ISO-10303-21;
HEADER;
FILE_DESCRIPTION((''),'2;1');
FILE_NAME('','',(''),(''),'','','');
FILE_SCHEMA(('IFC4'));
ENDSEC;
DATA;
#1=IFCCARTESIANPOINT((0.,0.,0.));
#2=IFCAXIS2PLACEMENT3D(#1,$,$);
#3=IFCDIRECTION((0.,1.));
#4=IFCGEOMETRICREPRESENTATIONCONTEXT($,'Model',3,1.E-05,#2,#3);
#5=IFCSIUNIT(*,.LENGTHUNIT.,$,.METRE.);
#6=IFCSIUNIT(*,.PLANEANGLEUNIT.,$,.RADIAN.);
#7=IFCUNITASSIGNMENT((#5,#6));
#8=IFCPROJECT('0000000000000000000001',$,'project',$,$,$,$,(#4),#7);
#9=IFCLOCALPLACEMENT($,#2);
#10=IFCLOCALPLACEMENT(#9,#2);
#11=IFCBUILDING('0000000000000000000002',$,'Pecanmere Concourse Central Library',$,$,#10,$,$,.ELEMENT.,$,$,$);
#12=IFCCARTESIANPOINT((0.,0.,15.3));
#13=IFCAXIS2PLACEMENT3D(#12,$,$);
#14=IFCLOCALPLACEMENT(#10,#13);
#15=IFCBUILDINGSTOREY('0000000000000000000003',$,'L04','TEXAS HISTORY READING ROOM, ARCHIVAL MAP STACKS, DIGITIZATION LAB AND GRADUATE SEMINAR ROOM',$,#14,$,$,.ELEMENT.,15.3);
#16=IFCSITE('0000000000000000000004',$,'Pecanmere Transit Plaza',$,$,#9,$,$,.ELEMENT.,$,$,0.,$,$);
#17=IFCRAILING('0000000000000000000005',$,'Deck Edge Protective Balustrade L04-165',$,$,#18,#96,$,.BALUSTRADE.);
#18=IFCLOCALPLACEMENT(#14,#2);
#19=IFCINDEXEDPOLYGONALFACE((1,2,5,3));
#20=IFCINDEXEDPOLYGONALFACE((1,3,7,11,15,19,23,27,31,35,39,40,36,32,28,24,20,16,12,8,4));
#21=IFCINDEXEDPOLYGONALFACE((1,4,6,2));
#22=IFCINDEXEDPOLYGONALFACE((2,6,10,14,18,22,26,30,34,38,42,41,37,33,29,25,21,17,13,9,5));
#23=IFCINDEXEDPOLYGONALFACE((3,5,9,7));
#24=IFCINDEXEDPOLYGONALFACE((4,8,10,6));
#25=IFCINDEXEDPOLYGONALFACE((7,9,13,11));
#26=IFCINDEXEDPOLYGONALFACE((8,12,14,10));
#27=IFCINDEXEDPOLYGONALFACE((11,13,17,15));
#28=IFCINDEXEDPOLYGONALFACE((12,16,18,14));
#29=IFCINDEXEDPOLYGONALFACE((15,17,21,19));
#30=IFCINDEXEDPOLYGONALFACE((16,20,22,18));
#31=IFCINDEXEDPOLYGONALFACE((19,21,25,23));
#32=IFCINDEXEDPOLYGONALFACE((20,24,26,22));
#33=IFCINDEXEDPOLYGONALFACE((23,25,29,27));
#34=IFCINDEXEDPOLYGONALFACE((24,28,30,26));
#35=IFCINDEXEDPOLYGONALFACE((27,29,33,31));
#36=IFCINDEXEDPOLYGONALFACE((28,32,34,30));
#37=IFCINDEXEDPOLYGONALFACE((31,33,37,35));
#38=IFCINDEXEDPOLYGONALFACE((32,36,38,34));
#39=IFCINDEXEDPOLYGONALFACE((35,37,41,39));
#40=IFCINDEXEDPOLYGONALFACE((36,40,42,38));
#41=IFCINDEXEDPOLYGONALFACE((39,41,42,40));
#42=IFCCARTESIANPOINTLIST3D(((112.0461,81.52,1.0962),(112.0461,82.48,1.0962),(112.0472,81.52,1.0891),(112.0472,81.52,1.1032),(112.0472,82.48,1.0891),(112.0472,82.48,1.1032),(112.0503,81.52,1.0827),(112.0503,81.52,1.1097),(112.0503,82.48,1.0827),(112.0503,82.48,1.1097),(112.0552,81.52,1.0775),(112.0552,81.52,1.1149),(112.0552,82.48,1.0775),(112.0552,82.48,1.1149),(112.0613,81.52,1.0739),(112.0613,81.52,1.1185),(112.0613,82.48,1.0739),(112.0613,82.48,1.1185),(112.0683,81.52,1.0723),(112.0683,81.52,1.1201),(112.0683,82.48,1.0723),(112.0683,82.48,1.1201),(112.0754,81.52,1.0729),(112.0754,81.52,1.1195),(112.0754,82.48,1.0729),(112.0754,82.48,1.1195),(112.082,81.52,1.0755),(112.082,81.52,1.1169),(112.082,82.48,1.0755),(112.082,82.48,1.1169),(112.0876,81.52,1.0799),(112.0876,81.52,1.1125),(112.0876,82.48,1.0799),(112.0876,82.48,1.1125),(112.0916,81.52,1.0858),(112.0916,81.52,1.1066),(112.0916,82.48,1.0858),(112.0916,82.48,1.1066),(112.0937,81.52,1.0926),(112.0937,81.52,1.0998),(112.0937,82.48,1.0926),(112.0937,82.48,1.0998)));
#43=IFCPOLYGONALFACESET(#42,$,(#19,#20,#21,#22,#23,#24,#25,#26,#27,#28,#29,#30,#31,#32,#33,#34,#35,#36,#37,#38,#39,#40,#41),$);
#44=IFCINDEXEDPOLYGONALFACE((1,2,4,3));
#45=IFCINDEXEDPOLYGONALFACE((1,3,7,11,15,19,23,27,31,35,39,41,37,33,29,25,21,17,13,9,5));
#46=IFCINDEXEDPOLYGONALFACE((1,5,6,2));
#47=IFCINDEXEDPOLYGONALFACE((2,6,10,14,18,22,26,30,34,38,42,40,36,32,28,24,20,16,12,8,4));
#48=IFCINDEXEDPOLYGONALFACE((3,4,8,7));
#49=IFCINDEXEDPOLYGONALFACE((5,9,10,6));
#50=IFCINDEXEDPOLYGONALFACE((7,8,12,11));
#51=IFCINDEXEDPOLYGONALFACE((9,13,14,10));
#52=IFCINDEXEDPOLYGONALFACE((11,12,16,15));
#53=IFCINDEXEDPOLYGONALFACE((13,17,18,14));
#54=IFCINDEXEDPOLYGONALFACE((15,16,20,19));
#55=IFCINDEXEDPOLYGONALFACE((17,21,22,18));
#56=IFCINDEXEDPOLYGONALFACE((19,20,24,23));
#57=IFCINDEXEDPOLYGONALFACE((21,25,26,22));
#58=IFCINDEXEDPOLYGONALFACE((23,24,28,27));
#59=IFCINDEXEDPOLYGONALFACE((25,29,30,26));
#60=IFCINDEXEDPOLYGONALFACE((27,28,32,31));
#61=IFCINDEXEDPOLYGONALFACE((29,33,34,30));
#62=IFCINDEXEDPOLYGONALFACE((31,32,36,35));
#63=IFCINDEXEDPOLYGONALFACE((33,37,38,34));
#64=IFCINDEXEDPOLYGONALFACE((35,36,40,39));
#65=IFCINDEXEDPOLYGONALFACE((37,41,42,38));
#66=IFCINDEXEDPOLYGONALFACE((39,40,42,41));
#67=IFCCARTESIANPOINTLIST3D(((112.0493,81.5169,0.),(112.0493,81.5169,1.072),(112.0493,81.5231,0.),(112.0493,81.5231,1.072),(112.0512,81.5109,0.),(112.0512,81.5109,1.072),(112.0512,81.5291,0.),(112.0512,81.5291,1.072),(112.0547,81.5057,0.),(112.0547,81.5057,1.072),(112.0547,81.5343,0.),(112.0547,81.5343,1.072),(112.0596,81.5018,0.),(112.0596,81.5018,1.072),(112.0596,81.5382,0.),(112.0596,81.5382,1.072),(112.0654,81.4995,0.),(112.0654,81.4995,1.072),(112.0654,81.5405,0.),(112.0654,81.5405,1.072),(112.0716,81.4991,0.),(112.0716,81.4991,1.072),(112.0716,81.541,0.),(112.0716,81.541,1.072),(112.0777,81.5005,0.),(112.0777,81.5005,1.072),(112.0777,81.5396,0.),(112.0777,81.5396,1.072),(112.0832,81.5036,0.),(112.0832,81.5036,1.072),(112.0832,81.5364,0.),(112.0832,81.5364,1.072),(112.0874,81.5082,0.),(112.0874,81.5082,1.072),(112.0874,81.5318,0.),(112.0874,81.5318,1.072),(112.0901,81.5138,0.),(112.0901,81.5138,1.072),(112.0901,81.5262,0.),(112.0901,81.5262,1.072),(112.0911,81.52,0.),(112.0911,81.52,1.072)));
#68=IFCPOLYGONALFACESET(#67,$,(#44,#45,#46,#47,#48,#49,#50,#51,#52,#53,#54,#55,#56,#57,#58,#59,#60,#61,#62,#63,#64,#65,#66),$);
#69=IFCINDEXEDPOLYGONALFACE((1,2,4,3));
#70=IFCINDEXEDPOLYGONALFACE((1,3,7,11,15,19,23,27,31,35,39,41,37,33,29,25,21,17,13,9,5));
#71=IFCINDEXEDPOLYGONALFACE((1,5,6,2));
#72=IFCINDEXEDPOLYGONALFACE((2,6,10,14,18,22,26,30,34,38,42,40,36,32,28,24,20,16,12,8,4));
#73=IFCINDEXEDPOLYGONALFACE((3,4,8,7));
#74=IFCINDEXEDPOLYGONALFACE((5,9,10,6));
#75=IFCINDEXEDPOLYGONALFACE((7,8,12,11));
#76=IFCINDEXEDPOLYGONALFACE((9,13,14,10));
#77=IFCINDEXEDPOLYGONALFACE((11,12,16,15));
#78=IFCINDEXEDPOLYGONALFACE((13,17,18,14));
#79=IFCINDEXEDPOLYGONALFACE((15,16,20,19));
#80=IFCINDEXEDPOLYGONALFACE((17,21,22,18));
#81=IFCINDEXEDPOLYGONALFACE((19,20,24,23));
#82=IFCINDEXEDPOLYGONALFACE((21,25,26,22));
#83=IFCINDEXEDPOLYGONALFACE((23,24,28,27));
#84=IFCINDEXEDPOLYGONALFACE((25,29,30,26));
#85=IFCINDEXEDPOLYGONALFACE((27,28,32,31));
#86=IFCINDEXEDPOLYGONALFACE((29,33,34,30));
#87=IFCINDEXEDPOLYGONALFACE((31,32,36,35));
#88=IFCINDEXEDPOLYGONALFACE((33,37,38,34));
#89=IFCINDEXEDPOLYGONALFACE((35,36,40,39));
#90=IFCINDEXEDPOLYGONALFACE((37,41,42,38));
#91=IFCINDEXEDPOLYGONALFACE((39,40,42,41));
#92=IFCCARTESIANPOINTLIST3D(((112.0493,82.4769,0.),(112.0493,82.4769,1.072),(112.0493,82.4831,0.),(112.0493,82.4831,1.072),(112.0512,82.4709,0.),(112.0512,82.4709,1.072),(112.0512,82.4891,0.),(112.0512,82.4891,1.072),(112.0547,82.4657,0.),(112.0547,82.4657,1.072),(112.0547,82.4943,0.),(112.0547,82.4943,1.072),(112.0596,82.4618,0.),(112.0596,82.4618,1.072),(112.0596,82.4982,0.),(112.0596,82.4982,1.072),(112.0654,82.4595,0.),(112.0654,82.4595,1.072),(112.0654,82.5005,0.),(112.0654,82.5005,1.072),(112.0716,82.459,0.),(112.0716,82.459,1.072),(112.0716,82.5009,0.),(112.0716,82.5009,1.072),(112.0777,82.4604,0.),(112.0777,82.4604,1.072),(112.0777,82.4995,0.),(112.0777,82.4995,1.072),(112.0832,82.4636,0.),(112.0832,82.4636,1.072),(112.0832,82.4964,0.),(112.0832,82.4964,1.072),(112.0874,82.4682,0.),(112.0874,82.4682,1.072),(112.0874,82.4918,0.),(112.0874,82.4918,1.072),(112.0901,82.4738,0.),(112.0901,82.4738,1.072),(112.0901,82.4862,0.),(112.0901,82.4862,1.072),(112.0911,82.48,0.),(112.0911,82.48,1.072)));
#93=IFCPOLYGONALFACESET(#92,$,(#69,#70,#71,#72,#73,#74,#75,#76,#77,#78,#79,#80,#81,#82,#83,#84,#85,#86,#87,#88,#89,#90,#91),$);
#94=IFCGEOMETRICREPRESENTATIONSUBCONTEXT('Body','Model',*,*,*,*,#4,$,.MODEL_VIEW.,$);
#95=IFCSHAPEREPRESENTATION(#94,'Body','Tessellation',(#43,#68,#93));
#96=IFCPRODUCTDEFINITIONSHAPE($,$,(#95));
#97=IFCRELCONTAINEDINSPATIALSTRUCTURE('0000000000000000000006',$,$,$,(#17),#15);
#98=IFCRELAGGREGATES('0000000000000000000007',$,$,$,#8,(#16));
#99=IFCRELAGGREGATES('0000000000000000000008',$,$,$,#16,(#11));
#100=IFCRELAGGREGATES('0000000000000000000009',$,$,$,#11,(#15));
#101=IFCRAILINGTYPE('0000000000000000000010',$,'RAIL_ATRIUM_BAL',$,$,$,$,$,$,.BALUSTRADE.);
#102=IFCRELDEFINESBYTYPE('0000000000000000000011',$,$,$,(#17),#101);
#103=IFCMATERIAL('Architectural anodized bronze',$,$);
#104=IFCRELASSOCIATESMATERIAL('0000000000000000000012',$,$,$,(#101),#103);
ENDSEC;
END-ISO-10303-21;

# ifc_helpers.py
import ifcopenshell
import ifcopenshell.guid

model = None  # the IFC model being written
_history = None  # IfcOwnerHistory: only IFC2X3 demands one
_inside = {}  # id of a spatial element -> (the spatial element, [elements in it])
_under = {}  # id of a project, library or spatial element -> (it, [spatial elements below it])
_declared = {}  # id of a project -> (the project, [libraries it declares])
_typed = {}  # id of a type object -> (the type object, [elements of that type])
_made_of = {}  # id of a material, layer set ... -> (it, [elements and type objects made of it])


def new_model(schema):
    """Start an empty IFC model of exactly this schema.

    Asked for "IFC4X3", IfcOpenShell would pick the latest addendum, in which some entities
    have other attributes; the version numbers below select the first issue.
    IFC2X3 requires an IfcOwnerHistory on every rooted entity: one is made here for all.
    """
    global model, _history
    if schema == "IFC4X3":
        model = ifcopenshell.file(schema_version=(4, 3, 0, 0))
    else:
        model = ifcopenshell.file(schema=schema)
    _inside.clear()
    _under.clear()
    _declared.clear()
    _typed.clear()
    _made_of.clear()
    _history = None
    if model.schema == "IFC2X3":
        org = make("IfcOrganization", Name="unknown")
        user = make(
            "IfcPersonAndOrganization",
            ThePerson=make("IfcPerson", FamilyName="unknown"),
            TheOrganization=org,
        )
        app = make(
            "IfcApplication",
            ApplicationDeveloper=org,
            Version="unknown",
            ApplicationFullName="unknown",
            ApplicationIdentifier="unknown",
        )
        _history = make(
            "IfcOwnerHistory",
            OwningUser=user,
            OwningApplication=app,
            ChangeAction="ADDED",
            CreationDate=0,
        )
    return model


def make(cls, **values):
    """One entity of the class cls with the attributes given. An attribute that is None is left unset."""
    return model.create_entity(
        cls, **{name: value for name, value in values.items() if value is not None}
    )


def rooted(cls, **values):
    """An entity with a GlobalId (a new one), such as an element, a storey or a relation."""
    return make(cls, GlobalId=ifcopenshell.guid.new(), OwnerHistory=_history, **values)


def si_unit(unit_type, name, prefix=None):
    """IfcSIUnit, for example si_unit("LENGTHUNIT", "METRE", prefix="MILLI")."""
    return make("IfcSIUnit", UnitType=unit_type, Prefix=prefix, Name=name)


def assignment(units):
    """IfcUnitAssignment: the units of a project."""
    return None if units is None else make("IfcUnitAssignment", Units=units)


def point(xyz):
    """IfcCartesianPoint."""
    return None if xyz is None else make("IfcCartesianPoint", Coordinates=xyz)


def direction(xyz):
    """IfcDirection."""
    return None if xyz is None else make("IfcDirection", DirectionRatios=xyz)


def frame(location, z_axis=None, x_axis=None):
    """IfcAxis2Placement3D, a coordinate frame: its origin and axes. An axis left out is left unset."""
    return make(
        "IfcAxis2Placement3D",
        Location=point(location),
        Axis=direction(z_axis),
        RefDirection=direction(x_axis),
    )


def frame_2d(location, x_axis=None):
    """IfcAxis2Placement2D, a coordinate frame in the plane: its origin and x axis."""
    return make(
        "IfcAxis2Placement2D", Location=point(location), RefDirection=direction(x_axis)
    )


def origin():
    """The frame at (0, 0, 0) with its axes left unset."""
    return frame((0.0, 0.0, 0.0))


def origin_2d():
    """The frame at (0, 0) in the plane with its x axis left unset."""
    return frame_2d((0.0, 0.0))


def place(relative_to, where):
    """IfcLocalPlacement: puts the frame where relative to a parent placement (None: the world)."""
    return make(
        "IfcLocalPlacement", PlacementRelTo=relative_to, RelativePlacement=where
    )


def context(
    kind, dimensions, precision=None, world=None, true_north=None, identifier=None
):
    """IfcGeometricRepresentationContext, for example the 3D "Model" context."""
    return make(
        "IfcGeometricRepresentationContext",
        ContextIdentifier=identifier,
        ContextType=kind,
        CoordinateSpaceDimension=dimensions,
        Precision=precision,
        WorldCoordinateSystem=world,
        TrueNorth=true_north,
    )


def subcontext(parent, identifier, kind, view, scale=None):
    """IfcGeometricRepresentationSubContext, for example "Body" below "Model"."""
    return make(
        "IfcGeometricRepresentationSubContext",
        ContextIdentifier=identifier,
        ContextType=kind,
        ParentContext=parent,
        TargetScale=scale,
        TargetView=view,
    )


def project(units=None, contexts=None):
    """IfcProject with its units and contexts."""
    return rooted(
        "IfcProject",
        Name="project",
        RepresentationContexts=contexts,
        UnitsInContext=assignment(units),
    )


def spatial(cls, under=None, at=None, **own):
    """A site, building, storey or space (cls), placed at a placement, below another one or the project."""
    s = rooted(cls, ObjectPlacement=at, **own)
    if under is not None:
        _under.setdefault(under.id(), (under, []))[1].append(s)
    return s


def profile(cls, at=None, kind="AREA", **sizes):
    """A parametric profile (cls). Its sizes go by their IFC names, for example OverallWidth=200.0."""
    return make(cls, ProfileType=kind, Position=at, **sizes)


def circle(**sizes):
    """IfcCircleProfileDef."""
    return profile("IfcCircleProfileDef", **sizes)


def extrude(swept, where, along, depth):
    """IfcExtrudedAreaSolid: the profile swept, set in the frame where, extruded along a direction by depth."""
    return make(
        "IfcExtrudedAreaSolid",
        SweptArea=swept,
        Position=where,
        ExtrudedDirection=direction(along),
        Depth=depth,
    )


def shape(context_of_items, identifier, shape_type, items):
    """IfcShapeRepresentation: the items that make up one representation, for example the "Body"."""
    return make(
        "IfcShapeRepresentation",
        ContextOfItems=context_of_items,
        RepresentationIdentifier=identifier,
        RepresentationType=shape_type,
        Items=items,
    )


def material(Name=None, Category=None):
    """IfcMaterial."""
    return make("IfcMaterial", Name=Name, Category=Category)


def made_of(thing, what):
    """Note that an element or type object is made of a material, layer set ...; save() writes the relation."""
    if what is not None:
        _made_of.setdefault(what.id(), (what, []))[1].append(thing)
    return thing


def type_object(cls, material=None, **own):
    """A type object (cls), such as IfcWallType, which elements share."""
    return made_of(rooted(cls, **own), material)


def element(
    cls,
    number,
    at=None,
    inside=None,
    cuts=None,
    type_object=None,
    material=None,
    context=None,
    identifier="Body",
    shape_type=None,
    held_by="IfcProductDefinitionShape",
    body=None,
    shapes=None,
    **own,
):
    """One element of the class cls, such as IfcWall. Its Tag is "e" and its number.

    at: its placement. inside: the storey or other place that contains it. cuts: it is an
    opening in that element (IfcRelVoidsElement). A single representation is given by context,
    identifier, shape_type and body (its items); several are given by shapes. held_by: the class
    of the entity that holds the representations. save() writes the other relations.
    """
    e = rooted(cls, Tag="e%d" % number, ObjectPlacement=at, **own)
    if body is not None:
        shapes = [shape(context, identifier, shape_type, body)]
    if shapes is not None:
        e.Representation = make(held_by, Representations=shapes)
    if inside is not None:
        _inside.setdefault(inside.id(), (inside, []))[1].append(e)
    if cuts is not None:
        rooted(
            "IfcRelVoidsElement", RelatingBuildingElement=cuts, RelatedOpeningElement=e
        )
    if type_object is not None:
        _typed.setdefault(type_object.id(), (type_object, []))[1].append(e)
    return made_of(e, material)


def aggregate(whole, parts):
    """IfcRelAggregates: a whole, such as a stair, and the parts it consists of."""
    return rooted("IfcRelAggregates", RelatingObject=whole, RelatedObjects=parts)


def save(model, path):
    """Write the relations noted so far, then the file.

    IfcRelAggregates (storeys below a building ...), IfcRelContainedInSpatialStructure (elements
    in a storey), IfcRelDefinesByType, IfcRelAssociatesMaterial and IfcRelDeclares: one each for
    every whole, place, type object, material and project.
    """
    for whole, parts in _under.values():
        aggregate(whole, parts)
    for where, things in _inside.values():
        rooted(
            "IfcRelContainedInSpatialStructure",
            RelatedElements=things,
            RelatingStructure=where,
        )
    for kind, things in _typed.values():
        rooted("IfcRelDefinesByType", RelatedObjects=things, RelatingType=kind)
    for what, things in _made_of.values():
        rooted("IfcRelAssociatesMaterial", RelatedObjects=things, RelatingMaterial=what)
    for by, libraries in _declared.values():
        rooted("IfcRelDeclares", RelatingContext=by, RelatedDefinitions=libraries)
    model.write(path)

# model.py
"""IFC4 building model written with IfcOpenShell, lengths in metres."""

from ifc_helpers import new_model, si_unit, direction, frame, origin, origin_2d, place, context, subcontext, project, spatial, circle, extrude, material, type_object, element, save


model = new_model("IFC4")

# Units and contexts
model_context = context("Model", 3, precision=1e-05, world=origin(), true_north=direction((0.0, 1.0)))
body_context = subcontext(model_context, "Body", "Model", "MODEL_VIEW")
ifc_project = project(units=[si_unit("LENGTHUNIT", "METRE"), si_unit("PLANEANGLEUNIT", "RADIAN")], contexts=[model_context])

# Site, building, storey
site_placement = place(None, origin())
site = spatial("IfcSite", under=ifc_project, at=site_placement, Name="Pecanmere Transit Plaza", CompositionType="ELEMENT", RefElevation=0.0)
building_placement = place(site_placement, origin())
building = spatial("IfcBuilding", under=site, at=building_placement, Name="Pecanmere Concourse Central Library", CompositionType="ELEMENT")
storey_placement = place(building_placement, frame((0.0, 0.0, 15.3)))
storey = spatial("IfcBuildingStorey", under=building, at=storey_placement, Name="L04", Description="TEXAS HISTORY READING ROOM, ARCHIVAL MAP STACKS, DIGITIZATION LAB AND GRADUATE SEMINAR ROOM", CompositionType="ELEMENT", Elevation=15.3)

# Railing
ifc_material_1 = material(Name="Architectural anodized bronze")
railing_type = type_object("IfcRailingType", Name="RAIL_ATRIUM_BAL", PredefinedType="BALUSTRADE", material=ifc_material_1)
railing_placement = place(storey_placement, frame((112.0701, 81.52, 0.0)))
element("IfcRailing", 1, at=railing_placement, inside=storey, type_object=railing_type, Name="Deck Edge Protective Balustrade L04-165", PredefinedType="BALUSTRADE", context=body_context, shape_type="SweptSolid", body=[
    extrude(circle(Radius=0.0239, at=origin_2d()), frame((0.0, 0.0, 1.0962), z_axis=(0.0, 1.0, 0.0), x_axis=(-1.0, 0.0, 0.0)), (0.0, 0.0, 1.0), 0.96),
    extrude(circle(Radius=0.021, at=origin_2d()), origin(), (0.0, 0.0, 1.0), 1.072),
    extrude(circle(Radius=0.021, at=origin_2d()), frame((0.0, 0.96, 0.0)), (0.0, 0.0, 1.0), 1.072),
])

save(model, "model.ifc")
